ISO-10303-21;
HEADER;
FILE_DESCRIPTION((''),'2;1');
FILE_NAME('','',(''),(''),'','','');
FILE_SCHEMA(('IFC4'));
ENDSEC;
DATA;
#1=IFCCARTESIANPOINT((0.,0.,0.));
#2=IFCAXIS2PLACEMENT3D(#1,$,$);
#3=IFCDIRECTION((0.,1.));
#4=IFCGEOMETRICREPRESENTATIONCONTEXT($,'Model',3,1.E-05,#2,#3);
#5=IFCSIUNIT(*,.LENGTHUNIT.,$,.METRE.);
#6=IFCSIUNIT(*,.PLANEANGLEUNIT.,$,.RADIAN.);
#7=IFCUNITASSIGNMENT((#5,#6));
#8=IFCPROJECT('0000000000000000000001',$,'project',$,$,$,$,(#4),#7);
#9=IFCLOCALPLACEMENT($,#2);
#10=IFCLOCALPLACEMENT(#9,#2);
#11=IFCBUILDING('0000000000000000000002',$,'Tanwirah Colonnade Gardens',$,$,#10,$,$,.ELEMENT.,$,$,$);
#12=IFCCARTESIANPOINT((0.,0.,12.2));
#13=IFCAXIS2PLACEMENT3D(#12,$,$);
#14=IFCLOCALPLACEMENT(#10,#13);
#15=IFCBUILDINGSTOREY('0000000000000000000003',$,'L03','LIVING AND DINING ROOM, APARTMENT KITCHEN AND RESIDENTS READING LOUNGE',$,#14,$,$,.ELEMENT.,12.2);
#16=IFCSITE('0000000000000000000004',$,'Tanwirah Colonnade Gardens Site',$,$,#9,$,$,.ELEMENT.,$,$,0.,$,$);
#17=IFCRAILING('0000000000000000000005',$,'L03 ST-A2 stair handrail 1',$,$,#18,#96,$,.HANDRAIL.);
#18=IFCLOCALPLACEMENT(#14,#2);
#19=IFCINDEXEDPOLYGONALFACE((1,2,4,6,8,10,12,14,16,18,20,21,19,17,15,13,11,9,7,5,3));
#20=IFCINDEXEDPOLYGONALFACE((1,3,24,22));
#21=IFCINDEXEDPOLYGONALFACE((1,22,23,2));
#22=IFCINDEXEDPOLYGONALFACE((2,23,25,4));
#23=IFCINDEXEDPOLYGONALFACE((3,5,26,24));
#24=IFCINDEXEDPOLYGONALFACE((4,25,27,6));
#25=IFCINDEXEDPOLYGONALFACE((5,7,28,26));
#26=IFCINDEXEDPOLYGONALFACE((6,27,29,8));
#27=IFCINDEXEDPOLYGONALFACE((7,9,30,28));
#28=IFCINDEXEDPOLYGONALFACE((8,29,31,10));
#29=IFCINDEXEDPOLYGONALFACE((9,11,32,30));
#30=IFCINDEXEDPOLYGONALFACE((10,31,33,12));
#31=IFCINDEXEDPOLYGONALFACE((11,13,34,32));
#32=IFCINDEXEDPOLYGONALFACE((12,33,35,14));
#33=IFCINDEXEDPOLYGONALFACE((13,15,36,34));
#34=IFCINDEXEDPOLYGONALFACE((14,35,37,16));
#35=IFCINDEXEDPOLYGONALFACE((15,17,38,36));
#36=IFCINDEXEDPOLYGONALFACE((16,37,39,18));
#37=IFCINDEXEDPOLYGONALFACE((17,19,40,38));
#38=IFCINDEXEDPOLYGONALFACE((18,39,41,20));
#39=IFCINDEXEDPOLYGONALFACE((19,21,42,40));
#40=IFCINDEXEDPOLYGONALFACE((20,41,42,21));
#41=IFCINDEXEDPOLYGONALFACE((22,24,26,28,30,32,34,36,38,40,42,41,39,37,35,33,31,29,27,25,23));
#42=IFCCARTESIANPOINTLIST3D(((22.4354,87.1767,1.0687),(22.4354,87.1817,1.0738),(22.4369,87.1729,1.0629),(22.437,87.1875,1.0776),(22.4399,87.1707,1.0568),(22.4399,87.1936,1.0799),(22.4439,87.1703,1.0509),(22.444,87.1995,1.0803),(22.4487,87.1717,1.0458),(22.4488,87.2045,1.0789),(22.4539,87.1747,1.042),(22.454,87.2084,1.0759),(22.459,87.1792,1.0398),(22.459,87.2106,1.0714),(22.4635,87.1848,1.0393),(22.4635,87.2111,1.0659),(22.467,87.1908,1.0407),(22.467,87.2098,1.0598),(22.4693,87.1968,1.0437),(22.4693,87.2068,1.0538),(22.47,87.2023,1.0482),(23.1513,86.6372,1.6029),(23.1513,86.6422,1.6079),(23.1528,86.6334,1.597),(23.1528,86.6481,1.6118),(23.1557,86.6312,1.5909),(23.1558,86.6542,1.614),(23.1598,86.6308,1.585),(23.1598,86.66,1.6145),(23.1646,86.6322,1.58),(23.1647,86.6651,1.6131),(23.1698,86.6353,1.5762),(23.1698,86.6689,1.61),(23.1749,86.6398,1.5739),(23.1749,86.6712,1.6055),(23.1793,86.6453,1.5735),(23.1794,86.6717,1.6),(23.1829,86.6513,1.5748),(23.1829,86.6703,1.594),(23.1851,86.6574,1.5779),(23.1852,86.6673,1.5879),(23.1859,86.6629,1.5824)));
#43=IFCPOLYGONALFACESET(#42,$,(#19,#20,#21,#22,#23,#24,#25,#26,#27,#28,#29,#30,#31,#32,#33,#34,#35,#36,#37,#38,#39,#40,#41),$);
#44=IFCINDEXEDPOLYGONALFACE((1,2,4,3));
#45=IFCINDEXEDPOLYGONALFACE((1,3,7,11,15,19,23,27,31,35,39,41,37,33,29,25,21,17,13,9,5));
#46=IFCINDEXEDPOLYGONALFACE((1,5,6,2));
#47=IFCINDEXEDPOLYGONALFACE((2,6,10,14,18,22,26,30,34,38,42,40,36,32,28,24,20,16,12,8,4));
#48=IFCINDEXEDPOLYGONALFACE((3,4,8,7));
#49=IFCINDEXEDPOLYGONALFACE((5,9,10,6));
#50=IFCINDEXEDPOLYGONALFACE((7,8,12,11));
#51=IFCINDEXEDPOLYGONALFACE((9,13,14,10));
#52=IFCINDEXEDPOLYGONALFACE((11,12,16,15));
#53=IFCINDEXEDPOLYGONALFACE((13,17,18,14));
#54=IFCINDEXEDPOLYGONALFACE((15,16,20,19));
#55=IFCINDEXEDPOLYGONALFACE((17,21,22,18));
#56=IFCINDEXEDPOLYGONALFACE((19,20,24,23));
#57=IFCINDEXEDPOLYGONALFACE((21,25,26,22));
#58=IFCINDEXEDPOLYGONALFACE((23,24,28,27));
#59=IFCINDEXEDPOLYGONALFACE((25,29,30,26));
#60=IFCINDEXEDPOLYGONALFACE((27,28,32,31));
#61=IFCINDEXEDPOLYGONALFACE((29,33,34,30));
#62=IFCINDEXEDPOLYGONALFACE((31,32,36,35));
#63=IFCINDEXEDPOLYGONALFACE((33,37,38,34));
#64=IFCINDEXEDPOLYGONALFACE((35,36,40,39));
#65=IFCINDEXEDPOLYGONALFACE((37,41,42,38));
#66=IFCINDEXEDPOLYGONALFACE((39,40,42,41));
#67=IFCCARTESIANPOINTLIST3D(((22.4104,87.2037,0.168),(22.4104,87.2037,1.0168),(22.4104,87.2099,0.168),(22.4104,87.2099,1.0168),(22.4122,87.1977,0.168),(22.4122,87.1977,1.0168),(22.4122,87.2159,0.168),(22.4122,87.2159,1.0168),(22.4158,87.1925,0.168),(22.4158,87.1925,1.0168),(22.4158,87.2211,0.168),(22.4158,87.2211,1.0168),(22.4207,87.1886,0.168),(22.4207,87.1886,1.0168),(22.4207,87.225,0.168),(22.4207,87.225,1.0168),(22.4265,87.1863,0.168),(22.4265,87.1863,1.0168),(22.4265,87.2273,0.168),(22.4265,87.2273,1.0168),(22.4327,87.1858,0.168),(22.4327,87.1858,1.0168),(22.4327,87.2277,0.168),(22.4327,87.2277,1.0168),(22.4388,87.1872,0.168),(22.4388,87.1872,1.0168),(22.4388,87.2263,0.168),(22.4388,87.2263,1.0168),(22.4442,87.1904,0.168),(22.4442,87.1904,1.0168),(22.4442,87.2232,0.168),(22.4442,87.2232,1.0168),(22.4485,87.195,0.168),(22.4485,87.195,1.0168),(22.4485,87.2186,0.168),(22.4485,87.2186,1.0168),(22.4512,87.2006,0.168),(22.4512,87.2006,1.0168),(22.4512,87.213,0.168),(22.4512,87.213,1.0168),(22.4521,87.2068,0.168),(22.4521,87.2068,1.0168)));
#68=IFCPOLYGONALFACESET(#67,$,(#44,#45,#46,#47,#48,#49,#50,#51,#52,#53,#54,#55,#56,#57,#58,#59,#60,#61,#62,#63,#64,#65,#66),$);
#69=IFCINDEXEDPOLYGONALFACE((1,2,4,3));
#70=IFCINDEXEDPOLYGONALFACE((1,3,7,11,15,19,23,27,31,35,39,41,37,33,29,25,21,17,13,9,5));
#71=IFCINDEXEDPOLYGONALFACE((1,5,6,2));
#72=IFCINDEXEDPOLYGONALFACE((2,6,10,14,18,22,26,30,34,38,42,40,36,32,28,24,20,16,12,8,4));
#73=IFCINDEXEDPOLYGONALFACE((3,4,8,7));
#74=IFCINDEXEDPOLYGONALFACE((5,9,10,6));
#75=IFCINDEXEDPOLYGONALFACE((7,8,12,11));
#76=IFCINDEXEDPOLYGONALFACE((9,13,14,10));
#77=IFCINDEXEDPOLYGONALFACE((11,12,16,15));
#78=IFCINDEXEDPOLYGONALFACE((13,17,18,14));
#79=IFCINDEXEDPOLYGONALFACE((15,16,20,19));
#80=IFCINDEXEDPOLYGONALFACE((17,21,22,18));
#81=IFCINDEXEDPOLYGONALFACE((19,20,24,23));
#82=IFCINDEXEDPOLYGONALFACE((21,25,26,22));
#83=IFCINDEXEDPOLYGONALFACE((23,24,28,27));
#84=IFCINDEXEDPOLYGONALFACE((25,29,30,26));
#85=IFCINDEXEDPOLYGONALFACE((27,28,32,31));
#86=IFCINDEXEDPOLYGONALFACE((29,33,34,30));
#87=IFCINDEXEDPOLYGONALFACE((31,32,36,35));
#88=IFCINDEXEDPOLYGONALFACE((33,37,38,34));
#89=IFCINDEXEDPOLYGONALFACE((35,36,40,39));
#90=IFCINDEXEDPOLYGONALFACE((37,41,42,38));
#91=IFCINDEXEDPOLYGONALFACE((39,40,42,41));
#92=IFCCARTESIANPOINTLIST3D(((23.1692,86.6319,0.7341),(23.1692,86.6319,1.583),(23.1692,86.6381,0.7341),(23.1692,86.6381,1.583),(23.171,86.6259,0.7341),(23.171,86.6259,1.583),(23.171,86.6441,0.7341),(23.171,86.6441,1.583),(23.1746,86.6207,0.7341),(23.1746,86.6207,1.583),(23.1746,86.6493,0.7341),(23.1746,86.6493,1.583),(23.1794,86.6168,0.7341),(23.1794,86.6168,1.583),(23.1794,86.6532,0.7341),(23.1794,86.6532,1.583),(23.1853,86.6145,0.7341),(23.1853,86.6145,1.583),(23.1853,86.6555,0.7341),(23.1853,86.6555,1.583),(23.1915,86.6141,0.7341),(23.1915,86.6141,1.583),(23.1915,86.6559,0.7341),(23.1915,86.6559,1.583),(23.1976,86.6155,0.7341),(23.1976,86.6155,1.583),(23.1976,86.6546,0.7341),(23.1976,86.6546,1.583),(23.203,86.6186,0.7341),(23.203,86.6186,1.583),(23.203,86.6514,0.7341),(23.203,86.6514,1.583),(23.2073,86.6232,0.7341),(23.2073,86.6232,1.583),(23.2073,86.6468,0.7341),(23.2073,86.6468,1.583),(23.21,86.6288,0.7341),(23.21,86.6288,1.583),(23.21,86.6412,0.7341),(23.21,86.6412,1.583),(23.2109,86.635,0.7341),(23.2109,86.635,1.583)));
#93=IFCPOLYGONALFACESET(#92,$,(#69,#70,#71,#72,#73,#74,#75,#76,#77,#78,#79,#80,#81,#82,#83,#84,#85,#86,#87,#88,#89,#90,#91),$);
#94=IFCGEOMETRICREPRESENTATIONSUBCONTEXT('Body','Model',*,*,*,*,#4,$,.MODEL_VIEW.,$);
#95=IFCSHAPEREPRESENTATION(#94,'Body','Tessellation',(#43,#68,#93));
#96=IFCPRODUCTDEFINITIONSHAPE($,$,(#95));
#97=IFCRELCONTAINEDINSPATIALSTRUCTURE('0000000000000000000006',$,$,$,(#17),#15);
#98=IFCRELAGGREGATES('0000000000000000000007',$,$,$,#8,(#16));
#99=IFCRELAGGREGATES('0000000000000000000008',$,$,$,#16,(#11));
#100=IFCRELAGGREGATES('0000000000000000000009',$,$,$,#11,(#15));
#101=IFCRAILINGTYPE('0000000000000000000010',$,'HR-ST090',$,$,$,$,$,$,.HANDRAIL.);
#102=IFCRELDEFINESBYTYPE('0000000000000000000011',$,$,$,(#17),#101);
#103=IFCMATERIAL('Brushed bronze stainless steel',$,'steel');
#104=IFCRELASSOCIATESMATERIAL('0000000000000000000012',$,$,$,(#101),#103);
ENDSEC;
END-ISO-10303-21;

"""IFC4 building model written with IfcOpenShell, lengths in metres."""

from ifc_helpers import new_model, si_unit, direction, frame, origin, origin_2d, place, context, subcontext, project, spatial, circle, extrude, material, type_object, element, save


model = new_model("IFC4")

# Units and contexts
model_context = context("Model", 3, precision=1e-05, world=origin(), true_north=direction((0.0, 1.0)))
body_context = subcontext(model_context, "Body", "Model", "MODEL_VIEW")
ifc_project = project(units=[si_unit("LENGTHUNIT", "METRE"), si_unit("PLANEANGLEUNIT", "RADIAN")], contexts=[model_context])

# Site, building, storey
site_placement = place(None, origin())
site = spatial("IfcSite", under=ifc_project, at=site_placement, Name="Tanwirah Colonnade Gardens Site", CompositionType="ELEMENT", RefElevation=0.0)
building_placement = place(site_placement, origin())
building = spatial("IfcBuilding", under=site, at=building_placement, Name="Tanwirah Colonnade Gardens", CompositionType="ELEMENT")
storey_placement = place(building_placement, frame((0.0, 0.0, 12.2)))
storey = spatial("IfcBuildingStorey", under=building, at=storey_placement, Name="L03", Description="LIVING AND DINING ROOM, APARTMENT KITCHEN AND RESIDENTS READING LOUNGE", CompositionType="ELEMENT", Elevation=12.2)

# Railing
ifc_material_1 = material(Name="Brushed bronze stainless steel", Category="steel")
railing_type = type_object("IfcRailingType", Name="HR-ST090", PredefinedType="HANDRAIL", material=ifc_material_1)
railing_placement = place(storey_placement, frame((22.4312, 87.2068, 0.168)))
element("IfcRailing", 1, at=railing_placement, inside=storey, type_object=railing_type, Name="L03 ST-A2 stair handrail 1", PredefinedType="HANDRAIL", context=body_context, shape_type="SweptSolid", body=[
    extrude(circle(Radius=0.0239, at=origin_2d()), frame((0.0215, -0.0161, 0.8918), z_axis=(0.686068, -0.516979, 0.511902), x_axis=(0.601807, 0.798641, 0.0)), (0.0, 0.0, 1.0), 1.0435),
    extrude(circle(Radius=0.021, at=origin_2d()), origin(), (0.0, 0.0, 1.0), 0.8489),
    extrude(circle(Radius=0.021, at=origin_2d()), frame((0.7588, -0.5718, 0.5662)), (0.0, 0.0, 1.0), 0.8489),
])

save(model, "model.ifc")
